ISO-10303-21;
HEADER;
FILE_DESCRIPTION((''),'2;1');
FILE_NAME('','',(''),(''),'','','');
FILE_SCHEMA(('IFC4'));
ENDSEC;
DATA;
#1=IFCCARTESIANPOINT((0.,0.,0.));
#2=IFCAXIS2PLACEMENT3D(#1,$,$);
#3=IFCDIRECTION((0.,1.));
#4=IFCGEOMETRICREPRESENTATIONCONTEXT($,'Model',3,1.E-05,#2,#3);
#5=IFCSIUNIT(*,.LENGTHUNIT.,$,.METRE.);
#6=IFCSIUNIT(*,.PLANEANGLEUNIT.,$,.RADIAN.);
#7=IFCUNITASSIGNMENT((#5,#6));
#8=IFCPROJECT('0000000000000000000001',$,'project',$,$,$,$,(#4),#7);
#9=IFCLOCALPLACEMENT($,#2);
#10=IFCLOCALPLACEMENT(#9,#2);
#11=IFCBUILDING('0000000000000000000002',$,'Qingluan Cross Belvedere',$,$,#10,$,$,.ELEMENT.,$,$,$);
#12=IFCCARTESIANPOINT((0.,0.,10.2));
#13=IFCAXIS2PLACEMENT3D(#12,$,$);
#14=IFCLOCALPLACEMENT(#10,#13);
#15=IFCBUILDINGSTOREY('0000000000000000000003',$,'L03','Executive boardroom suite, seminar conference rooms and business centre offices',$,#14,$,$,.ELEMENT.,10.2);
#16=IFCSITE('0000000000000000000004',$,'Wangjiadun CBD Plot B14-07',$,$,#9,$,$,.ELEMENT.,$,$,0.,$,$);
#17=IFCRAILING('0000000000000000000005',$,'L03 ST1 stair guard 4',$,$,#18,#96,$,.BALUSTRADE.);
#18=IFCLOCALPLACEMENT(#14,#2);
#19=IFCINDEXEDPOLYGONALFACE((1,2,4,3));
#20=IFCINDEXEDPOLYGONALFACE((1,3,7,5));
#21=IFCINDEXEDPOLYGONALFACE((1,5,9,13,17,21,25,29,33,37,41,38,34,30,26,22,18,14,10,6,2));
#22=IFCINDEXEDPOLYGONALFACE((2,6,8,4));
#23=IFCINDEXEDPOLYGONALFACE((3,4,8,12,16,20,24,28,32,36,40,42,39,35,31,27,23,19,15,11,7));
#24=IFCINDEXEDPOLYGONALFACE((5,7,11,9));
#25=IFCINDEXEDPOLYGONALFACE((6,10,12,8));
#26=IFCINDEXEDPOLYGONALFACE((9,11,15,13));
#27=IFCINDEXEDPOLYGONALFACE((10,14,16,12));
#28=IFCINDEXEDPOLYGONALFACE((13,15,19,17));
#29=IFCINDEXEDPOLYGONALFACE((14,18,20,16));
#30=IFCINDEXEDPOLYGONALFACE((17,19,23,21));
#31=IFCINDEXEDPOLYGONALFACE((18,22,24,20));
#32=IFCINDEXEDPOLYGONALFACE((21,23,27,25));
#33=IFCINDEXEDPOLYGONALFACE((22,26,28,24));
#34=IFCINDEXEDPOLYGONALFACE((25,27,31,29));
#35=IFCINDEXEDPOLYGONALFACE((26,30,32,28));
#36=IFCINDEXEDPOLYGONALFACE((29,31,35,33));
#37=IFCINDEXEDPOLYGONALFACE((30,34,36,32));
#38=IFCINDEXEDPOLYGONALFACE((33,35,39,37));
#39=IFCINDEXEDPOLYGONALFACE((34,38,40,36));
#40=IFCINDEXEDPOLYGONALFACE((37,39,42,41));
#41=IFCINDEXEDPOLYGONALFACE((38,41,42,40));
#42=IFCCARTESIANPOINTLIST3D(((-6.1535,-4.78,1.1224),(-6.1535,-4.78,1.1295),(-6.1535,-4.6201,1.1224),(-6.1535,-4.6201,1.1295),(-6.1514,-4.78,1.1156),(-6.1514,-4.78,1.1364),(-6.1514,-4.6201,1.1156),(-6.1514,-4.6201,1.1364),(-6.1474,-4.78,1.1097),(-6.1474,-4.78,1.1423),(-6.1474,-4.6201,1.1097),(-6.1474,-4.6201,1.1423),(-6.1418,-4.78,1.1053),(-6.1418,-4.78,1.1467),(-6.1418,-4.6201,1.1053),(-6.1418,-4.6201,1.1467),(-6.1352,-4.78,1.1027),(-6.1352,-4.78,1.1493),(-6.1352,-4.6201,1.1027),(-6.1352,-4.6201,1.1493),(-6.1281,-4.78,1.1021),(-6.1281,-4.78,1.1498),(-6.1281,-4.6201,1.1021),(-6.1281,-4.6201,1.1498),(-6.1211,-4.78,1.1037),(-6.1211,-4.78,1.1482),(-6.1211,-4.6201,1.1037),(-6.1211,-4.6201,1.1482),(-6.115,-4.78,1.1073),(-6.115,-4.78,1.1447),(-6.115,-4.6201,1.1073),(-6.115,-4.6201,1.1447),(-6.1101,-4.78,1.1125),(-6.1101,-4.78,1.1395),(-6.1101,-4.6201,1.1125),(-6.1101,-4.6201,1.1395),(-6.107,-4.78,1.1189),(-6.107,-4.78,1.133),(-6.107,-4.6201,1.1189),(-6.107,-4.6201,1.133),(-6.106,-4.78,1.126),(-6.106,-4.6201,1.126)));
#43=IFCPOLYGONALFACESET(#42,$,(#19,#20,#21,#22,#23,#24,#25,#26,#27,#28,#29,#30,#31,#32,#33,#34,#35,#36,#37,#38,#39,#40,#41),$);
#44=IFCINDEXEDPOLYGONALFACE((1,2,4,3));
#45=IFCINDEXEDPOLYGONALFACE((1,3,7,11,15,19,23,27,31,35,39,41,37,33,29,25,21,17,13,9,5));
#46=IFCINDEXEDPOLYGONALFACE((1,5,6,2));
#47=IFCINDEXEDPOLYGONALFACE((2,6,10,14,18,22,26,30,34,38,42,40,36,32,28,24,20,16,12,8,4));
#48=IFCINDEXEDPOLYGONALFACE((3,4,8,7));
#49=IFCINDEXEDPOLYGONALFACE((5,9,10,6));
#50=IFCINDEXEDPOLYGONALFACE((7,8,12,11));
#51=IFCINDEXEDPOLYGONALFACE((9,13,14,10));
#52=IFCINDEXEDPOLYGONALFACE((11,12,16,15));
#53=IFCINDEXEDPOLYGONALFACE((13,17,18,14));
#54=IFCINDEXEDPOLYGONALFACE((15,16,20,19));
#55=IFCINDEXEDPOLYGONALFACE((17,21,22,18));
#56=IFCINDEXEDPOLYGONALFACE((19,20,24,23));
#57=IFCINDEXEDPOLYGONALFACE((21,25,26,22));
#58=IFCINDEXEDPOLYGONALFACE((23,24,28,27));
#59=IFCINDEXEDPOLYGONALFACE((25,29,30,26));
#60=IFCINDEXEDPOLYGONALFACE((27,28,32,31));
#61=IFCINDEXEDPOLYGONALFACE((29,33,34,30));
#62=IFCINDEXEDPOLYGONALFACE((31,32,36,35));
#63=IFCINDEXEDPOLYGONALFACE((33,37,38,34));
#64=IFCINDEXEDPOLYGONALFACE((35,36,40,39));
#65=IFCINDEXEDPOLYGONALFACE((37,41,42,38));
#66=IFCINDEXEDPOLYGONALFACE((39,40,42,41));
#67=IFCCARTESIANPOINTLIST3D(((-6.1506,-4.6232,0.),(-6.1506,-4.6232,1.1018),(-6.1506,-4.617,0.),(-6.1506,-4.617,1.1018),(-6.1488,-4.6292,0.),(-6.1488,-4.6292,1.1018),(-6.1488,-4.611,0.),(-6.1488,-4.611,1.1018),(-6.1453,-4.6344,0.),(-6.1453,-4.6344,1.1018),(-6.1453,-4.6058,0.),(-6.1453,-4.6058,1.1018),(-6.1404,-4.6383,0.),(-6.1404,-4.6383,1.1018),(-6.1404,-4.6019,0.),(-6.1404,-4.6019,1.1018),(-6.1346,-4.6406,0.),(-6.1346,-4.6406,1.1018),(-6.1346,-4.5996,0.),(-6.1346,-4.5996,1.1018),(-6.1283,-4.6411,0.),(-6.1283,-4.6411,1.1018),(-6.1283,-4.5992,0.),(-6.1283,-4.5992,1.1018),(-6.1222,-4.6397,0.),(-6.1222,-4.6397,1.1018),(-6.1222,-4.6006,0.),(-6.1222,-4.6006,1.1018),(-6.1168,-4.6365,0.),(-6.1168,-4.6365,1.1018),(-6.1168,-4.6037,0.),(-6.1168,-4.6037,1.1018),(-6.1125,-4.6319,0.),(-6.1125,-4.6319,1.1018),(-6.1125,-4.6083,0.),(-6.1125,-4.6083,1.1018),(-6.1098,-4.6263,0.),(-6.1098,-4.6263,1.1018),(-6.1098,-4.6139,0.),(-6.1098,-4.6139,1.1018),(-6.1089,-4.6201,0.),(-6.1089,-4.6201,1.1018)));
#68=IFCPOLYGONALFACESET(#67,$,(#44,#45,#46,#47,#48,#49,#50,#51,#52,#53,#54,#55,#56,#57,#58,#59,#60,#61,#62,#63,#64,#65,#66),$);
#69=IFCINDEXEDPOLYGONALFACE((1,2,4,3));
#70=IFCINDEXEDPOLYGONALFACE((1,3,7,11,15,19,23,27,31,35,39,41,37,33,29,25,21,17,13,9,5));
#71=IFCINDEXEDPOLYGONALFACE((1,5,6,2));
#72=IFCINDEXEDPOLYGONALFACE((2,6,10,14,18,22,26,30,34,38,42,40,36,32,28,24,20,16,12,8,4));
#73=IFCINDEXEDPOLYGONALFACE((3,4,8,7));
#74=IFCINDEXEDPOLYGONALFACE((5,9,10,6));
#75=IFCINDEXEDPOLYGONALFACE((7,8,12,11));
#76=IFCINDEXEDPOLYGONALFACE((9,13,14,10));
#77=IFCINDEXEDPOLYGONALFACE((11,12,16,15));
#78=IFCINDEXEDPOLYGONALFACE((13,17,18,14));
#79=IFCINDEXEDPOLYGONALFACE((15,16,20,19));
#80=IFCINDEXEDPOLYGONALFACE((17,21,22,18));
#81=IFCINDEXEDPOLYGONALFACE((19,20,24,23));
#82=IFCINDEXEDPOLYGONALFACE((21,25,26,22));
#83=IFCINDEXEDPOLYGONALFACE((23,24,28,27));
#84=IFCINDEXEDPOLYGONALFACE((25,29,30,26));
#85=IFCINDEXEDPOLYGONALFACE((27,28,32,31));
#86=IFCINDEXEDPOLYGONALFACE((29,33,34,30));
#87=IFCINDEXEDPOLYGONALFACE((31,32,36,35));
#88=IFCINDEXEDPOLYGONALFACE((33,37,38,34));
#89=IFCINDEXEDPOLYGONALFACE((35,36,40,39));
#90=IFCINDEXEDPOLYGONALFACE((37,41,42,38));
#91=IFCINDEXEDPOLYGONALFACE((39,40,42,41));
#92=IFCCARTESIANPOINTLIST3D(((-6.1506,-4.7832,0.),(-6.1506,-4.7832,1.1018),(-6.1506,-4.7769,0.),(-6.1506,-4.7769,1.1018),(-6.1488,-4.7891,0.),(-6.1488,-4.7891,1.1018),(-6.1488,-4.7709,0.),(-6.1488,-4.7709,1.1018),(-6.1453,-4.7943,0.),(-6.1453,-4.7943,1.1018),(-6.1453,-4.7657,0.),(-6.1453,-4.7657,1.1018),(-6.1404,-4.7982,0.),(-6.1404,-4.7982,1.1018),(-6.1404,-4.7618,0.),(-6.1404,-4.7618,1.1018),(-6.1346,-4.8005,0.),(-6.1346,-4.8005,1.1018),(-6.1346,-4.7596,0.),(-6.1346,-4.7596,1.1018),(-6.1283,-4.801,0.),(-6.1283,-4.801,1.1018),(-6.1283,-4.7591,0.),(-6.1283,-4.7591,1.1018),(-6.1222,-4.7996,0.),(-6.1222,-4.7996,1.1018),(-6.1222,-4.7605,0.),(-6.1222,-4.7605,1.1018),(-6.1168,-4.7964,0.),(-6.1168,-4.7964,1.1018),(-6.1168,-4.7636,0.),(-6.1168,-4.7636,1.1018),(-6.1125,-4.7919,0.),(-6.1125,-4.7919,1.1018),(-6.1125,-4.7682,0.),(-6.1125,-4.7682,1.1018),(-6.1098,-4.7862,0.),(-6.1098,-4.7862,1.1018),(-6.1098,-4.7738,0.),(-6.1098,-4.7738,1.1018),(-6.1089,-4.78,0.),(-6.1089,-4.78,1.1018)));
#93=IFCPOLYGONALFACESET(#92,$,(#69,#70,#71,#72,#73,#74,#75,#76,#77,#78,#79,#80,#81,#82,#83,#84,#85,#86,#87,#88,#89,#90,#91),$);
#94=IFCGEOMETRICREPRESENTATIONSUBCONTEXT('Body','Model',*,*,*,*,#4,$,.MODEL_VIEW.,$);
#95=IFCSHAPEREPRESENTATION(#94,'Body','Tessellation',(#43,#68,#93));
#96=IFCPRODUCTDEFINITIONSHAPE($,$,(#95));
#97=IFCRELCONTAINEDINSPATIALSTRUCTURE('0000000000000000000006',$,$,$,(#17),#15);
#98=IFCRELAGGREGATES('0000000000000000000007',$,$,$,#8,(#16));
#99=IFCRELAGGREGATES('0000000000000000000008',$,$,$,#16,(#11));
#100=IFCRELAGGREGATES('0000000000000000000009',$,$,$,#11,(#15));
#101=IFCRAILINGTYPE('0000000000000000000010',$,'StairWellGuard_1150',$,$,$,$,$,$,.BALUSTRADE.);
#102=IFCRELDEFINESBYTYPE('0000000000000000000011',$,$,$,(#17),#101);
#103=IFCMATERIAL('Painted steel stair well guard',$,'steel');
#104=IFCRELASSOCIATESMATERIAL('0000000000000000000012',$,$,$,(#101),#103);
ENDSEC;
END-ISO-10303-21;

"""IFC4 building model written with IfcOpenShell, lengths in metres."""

from ifc_helpers import new_model, si_unit, direction, frame, origin, origin_2d, place, context, subcontext, project, spatial, circle, extrude, material, type_object, element, save


model = new_model("IFC4")

# Units and contexts
model_context = context("Model", 3, precision=1e-05, world=origin(), true_north=direction((0.0, 1.0)))
body_context = subcontext(model_context, "Body", "Model", "MODEL_VIEW")
ifc_project = project(units=[si_unit("LENGTHUNIT", "METRE"), si_unit("PLANEANGLEUNIT", "RADIAN")], contexts=[model_context])

# Site, building, storey
site_placement = place(None, origin())
site = spatial("IfcSite", under=ifc_project, at=site_placement, Name="Wangjiadun CBD Plot B14-07", CompositionType="ELEMENT", RefElevation=0.0)
building_placement = place(site_placement, origin())
building = spatial("IfcBuilding", under=site, at=building_placement, Name="Qingluan Cross Belvedere", CompositionType="ELEMENT")
storey_placement = place(building_placement, frame((0.0, 0.0, 10.2)))
storey = spatial("IfcBuildingStorey", under=building, at=storey_placement, Name="L03", Description="Executive boardroom suite, seminar conference rooms and business centre offices", CompositionType="ELEMENT", Elevation=10.2)

# Railing
ifc_material_1 = material(Name="Painted steel stair well guard", Category="steel")
railing_type_1 = type_object("IfcRailingType", Name="StairWellGuard_1150", PredefinedType="BALUSTRADE", material=ifc_material_1)
railing_1_placement = place(storey_placement, frame((-6.1299, -4.6201, 0.0)))
element("IfcRailing", 1, at=railing_1_placement, inside=storey, type_object=railing_type_1, Name="L03 ST1 stair guard 4", PredefinedType="BALUSTRADE", context=body_context, shape_type="SweptSolid", body=[
    extrude(circle(Radius=0.0239, at=origin_2d()), frame((0.0, 0.0, 1.126), z_axis=(0.0, -1.0, 0.0), x_axis=(1.0, 0.0, 0.0)), (0.0, 0.0, 1.0), 0.1599),
    extrude(circle(Radius=0.021, at=origin_2d()), origin(), (0.0, 0.0, 1.0), 1.1018),
    extrude(circle(Radius=0.021, at=origin_2d()), frame((0.0, -0.1599, 0.0)), (0.0, 0.0, 1.0), 1.1018),
])

save(model, "model.ifc")
